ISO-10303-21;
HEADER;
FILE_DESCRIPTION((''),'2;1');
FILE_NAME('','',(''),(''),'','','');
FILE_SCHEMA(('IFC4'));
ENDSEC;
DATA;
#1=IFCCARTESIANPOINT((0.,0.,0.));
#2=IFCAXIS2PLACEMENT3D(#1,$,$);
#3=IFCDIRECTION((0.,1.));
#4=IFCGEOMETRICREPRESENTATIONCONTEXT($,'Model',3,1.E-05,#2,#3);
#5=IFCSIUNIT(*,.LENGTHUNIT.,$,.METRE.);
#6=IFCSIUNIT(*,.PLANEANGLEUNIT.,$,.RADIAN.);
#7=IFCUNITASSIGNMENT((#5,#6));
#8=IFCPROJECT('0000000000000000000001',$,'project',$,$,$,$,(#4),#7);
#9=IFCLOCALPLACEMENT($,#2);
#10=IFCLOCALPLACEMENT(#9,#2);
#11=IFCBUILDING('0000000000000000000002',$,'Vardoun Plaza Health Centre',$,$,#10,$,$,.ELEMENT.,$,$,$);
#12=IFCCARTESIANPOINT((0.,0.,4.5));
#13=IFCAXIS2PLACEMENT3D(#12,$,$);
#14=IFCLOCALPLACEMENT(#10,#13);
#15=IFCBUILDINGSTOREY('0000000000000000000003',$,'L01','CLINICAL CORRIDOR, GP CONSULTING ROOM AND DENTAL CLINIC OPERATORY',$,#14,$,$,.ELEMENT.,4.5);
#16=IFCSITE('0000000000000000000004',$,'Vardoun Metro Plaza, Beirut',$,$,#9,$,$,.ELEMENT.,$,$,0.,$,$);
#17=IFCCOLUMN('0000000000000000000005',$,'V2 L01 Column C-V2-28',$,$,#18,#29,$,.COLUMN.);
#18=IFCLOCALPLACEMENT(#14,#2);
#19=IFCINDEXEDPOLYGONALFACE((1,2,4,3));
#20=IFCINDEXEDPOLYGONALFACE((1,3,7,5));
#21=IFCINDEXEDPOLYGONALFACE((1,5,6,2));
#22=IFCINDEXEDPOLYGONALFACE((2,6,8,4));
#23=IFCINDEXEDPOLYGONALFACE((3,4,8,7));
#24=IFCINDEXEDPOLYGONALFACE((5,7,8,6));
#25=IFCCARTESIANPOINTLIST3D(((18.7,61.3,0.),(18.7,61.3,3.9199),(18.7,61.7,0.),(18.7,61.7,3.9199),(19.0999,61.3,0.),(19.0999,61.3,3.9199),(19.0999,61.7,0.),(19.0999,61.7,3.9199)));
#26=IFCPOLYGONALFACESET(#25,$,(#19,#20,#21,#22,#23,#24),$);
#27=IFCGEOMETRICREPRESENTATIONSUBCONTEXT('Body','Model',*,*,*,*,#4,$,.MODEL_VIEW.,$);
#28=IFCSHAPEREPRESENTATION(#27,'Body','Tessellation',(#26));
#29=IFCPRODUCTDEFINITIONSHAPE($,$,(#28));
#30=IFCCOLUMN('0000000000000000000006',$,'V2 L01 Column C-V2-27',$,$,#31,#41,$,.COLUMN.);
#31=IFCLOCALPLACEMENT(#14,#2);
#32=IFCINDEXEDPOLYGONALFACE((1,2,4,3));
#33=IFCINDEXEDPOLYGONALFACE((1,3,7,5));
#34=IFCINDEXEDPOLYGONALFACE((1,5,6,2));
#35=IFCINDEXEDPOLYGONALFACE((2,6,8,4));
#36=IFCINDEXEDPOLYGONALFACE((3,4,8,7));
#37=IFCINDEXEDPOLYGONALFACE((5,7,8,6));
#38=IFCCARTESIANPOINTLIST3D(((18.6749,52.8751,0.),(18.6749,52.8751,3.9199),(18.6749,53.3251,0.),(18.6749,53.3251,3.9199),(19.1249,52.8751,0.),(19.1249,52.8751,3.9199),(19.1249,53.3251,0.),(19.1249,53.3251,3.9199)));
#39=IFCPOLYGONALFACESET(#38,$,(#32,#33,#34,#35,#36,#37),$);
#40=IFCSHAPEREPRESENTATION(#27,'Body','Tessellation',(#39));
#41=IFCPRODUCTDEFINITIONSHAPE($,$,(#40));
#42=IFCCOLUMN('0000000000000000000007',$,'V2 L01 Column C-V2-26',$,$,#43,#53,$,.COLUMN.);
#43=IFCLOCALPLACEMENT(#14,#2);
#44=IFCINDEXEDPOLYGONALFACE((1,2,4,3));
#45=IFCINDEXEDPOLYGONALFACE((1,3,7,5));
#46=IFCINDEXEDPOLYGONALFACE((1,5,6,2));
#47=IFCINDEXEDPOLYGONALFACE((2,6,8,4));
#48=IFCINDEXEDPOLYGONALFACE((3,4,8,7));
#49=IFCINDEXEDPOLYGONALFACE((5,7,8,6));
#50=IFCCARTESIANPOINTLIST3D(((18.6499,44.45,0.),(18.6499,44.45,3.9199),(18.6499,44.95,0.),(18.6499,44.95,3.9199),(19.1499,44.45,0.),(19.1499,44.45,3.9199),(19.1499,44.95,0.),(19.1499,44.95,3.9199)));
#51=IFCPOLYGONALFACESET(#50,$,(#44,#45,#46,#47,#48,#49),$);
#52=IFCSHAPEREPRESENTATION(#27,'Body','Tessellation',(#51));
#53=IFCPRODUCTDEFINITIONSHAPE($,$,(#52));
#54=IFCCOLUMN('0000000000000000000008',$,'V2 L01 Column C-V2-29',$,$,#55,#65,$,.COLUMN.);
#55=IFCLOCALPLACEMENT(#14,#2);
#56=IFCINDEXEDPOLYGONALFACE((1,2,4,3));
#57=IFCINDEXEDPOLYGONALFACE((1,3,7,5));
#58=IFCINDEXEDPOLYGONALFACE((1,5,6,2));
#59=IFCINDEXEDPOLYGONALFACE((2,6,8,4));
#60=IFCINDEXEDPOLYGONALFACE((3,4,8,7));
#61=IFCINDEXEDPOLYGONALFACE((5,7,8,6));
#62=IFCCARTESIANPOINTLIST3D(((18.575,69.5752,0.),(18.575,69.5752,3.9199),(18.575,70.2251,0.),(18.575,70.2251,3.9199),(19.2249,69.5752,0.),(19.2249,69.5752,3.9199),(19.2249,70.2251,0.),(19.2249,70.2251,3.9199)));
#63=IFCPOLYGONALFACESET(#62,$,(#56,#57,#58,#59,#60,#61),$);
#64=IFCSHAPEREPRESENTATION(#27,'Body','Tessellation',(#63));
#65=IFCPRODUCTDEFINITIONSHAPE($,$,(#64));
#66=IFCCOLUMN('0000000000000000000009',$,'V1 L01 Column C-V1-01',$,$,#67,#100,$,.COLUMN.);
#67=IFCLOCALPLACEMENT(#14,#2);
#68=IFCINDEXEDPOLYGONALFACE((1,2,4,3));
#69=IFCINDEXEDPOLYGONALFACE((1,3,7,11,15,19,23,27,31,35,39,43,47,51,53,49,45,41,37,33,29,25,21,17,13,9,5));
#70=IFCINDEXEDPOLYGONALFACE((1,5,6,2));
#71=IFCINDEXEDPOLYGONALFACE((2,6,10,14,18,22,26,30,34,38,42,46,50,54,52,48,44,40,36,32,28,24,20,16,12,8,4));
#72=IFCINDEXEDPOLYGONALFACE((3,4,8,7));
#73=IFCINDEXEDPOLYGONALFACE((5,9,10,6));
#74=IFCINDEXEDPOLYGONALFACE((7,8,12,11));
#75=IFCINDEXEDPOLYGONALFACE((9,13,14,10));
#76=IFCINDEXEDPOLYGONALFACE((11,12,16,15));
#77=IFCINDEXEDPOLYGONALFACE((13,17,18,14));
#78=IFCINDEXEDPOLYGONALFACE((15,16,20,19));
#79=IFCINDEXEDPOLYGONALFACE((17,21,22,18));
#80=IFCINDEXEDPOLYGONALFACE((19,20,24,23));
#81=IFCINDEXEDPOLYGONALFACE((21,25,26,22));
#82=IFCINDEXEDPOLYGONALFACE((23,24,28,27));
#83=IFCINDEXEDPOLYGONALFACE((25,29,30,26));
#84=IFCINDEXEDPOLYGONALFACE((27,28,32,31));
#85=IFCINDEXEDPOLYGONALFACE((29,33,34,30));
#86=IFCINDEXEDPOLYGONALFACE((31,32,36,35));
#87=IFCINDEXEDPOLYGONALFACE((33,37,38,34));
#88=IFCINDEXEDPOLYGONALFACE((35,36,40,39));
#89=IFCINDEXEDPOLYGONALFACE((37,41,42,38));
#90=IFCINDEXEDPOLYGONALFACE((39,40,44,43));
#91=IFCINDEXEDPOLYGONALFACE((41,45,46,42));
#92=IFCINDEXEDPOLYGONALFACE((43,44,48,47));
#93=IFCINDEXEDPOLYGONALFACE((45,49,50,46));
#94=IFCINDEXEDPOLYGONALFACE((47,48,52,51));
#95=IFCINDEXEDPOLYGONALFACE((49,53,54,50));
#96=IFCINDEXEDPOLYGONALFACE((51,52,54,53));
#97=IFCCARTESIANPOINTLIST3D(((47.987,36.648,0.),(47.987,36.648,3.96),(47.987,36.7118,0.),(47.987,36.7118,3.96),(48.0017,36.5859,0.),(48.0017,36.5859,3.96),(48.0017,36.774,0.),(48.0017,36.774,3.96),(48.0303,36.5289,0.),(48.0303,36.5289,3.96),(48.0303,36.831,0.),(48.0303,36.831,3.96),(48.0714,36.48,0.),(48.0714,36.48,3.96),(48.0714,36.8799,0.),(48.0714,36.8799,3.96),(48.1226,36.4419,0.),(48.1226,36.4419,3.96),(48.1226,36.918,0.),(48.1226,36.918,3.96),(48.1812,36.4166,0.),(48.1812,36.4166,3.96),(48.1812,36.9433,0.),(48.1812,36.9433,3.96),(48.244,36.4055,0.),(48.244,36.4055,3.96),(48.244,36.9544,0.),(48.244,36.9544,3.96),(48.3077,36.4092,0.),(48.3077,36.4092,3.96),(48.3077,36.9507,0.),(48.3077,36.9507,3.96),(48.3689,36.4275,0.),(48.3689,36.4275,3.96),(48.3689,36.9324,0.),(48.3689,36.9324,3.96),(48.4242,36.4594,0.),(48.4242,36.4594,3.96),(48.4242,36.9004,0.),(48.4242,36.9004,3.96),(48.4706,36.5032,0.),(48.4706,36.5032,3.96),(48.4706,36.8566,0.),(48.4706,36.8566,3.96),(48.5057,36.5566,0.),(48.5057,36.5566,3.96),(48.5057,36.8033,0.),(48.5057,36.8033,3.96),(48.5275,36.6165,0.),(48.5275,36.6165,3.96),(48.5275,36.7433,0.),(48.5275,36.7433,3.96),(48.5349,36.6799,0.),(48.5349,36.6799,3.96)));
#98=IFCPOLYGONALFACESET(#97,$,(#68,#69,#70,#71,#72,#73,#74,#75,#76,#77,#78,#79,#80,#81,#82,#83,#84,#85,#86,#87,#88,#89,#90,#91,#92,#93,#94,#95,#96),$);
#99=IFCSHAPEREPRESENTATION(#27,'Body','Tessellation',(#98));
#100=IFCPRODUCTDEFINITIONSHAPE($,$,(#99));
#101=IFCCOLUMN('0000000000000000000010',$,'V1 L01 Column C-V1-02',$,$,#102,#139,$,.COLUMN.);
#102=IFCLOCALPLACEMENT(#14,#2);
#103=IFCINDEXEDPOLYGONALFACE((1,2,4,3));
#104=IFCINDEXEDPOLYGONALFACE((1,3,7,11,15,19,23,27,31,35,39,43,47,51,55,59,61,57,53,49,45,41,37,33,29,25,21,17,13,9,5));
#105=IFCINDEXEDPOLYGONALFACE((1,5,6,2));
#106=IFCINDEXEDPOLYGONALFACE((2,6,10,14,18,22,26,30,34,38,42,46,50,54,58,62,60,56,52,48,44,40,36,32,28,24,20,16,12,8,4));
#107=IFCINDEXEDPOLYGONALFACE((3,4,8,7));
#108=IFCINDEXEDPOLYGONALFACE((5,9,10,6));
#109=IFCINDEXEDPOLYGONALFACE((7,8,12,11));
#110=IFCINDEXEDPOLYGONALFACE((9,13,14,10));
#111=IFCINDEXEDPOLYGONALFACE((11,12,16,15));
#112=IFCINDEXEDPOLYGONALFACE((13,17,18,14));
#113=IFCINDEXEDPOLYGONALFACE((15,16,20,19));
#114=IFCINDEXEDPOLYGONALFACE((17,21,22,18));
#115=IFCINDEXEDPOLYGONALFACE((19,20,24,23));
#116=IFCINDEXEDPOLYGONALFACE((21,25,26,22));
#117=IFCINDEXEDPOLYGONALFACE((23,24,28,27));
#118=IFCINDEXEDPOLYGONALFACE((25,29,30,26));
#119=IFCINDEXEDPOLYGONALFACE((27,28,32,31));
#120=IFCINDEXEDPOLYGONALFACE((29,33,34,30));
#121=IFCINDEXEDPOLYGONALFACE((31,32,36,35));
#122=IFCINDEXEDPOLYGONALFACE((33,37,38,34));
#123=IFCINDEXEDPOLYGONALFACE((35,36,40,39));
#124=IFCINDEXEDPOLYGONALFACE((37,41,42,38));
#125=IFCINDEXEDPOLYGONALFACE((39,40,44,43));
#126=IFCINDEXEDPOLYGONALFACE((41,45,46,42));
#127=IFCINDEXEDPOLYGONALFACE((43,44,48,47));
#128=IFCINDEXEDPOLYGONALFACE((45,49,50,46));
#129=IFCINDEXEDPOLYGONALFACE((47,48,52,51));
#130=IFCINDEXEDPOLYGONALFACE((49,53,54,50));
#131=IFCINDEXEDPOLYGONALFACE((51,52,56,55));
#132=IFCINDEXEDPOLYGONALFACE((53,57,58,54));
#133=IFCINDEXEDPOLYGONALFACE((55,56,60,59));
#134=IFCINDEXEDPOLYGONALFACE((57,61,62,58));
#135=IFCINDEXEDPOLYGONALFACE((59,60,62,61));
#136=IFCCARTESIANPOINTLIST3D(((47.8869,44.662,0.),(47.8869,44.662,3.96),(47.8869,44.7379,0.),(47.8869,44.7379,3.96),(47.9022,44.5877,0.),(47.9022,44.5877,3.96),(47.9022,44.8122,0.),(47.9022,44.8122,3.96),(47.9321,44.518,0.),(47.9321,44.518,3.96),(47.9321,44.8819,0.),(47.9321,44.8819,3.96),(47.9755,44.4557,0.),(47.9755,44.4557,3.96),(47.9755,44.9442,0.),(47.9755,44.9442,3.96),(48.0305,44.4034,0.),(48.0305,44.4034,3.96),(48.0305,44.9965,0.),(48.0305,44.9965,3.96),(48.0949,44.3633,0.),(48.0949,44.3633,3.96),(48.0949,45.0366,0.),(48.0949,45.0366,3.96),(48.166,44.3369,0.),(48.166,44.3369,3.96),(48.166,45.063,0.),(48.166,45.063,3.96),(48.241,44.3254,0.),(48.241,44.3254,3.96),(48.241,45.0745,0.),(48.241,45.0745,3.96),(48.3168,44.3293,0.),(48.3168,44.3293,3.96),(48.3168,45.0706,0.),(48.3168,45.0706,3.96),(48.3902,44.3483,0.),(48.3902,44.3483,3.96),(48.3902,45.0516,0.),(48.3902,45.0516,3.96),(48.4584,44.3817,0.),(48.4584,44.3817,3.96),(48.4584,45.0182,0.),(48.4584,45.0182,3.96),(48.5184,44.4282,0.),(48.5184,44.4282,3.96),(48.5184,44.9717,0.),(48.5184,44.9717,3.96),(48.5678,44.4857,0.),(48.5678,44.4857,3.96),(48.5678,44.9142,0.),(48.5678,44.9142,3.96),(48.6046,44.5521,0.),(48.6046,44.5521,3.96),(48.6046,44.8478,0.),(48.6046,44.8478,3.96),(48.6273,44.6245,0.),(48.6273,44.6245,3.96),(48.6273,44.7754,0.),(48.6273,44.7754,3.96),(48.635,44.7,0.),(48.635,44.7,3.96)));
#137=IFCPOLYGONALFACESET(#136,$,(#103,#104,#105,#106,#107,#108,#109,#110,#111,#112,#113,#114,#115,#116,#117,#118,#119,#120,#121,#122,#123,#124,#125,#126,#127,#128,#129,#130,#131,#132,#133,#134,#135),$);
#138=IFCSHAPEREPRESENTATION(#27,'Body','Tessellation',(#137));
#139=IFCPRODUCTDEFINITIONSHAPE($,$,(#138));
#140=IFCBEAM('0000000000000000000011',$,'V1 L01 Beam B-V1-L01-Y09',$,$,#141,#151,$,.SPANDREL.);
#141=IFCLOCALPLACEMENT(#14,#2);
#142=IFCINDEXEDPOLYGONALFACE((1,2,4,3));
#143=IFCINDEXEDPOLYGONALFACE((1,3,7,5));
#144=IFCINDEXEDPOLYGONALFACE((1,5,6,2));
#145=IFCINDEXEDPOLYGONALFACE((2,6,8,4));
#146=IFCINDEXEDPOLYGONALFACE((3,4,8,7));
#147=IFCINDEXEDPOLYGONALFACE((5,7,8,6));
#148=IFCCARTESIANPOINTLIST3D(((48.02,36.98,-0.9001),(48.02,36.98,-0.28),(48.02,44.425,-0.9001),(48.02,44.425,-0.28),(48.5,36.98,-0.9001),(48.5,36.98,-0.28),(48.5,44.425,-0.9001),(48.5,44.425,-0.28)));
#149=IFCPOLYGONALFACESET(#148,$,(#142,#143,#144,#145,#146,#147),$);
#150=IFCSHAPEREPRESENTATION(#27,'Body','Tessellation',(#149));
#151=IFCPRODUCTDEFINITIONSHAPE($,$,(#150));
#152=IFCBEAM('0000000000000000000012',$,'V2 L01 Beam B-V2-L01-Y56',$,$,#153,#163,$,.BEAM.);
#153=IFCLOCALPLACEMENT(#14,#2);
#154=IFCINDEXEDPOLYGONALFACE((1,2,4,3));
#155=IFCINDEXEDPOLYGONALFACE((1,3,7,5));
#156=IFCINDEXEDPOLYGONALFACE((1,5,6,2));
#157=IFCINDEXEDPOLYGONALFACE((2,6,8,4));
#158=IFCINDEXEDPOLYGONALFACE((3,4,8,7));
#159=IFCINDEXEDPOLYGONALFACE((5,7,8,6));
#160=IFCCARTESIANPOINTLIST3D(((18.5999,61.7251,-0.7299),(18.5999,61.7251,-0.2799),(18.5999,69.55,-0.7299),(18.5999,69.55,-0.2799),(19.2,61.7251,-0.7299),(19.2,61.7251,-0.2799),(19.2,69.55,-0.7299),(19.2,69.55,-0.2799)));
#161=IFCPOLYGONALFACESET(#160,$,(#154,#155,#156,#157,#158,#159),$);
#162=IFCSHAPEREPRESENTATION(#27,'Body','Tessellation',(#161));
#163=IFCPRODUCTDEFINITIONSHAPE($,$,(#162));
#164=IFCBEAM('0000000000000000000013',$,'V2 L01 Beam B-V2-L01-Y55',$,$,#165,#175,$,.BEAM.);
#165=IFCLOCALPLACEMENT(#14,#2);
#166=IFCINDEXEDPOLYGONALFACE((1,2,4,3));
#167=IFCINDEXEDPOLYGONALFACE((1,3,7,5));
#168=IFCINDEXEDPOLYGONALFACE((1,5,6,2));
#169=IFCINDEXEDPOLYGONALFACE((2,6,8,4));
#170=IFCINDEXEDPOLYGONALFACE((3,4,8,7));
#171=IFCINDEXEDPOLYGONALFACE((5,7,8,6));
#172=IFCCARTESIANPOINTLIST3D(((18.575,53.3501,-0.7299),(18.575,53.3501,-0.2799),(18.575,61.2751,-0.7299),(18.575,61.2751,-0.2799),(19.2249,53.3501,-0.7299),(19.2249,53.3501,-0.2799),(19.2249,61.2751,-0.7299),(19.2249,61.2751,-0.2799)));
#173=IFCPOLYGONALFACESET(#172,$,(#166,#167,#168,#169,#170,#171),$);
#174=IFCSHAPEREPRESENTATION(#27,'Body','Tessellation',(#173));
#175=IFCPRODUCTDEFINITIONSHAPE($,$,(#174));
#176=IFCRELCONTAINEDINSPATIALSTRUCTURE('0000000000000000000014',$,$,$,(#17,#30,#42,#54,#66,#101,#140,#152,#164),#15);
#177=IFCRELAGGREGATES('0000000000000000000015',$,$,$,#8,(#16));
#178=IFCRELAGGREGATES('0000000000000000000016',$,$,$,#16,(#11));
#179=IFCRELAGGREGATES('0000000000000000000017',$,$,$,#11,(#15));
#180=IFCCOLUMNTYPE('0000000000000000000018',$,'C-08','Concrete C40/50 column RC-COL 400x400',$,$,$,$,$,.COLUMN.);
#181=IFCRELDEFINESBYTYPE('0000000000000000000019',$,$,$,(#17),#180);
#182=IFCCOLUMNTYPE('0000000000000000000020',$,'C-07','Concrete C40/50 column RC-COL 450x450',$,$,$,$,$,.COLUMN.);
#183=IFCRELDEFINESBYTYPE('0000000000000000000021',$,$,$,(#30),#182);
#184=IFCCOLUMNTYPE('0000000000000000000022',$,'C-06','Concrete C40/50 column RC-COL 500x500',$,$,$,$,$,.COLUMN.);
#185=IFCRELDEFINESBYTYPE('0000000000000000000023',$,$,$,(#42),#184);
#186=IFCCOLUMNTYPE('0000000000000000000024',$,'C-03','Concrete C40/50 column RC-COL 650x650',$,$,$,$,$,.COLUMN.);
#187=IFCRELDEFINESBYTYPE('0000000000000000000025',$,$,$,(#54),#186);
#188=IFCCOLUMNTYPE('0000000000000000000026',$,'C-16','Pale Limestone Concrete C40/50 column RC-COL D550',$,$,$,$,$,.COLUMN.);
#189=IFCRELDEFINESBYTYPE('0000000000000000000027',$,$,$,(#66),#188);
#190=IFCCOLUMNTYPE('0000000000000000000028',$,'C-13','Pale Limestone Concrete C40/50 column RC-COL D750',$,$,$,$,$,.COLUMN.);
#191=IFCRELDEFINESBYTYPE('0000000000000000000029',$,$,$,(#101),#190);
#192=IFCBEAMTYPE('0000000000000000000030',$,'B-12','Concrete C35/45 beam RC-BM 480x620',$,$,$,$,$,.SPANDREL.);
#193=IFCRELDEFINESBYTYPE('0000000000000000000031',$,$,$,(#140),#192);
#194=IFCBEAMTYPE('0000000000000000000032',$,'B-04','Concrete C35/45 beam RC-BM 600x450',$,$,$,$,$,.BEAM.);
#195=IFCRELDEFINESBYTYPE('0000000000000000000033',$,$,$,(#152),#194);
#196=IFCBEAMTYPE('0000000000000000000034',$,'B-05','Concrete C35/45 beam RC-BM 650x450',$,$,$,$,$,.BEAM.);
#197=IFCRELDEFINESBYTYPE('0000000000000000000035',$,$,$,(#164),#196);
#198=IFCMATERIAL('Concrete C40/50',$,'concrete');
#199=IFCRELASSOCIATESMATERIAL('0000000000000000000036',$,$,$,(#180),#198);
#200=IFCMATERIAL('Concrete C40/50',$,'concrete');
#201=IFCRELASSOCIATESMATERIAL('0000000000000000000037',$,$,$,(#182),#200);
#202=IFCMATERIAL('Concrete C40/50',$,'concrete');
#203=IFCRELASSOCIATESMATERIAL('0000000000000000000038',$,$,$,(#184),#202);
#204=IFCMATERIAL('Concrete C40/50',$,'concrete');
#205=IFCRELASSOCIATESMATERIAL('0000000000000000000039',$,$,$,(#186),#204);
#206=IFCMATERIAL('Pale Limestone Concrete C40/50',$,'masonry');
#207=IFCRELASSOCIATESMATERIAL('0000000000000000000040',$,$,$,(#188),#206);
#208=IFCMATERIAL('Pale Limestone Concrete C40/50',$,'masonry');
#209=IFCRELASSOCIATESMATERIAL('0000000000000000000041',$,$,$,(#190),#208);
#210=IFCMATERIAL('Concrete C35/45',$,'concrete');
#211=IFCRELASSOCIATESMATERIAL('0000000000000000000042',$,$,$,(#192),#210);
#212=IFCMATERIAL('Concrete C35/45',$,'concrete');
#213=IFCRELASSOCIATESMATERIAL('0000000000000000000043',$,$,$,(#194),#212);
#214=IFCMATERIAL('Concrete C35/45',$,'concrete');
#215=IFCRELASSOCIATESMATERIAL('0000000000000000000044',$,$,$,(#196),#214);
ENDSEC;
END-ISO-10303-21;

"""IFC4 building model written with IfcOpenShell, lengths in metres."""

from ifc_helpers import new_model, si_unit, direction, frame, origin, origin_2d, place, context, subcontext, project, spatial, rectangle, circle, extrude, material, material_profile, profile_set, type_object, element, save


model = new_model("IFC4")

# Units and contexts
model_context = context("Model", 3, precision=1e-05, world=origin(), true_north=direction((0.0, 1.0)))
body_context = subcontext(model_context, "Body", "Model", "MODEL_VIEW")
ifc_project = project(units=[si_unit("LENGTHUNIT", "METRE"), si_unit("PLANEANGLEUNIT", "RADIAN")], contexts=[model_context])

# Site, building, storey
site_placement = place(None, origin())
site = spatial("IfcSite", under=ifc_project, at=site_placement, Name="Vardoun Metro Plaza, Beirut", CompositionType="ELEMENT", RefElevation=0.0)
building_placement = place(site_placement, origin())
building = spatial("IfcBuilding", under=site, at=building_placement, Name="Vardoun Plaza Health Centre", CompositionType="ELEMENT")
storey_placement = place(building_placement, frame((0.0, 0.0, 4.5)))
storey = spatial("IfcBuildingStorey", under=building, at=storey_placement, Name="L01", Description="CLINICAL CORRIDOR, GP CONSULTING ROOM AND DENTAL CLINIC OPERATORY", CompositionType="ELEMENT", Elevation=4.5)

# Columns
ifc_material_1 = material(Name="Concrete C40/50", Category="concrete")
ifc_material_profile_1 = material_profile(ifc_material_1, rectangle(XDim=0.3999, YDim=0.3999, at=origin_2d()), Name="RC-COL 400x400")
ifc_profile_set_1 = profile_set([ifc_material_profile_1], Name="Concrete C40/50")
column_type_1 = type_object("IfcColumnType", Name="C-08", Description="Concrete C40/50 column RC-COL 400x400", PredefinedType="COLUMN", material=ifc_profile_set_1)
column_1_placement = place(storey_placement, frame((18.8999, 61.5, 0.0), z_axis=(0.0, 0.0, 1.0), x_axis=(1.0, 0.0, 0.0)))
element("IfcColumn", 1, at=column_1_placement, inside=storey, type_object=column_type_1, Name="V2 L01 Column C-V2-28", PredefinedType="COLUMN", context=body_context, shape_type="SweptSolid", body=[
    extrude(rectangle(XDim=0.3999, YDim=0.3999, at=origin_2d()), origin(), (0.0, 0.0, 1.0), 3.9199),
])
ifc_material_2 = material(Name="Concrete C40/50", Category="concrete")
ifc_material_profile_2 = material_profile(ifc_material_2, rectangle(XDim=0.45, YDim=0.45, at=origin_2d()), Name="RC-COL 450x450")
ifc_profile_set_2 = profile_set([ifc_material_profile_2], Name="Concrete C40/50")
column_type_2 = type_object("IfcColumnType", Name="C-07", Description="Concrete C40/50 column RC-COL 450x450", PredefinedType="COLUMN", material=ifc_profile_set_2)
column_2_placement = place(storey_placement, frame((18.8999, 53.1001, 0.0), z_axis=(0.0, 0.0, 1.0), x_axis=(1.0, 0.0, 0.0)))
element("IfcColumn", 2, at=column_2_placement, inside=storey, type_object=column_type_2, Name="V2 L01 Column C-V2-27", PredefinedType="COLUMN", context=body_context, shape_type="SweptSolid", body=[
    extrude(rectangle(XDim=0.45, YDim=0.45, at=origin_2d()), origin(), (0.0, 0.0, 1.0), 3.9199),
])
ifc_material_3 = material(Name="Concrete C40/50", Category="concrete")
ifc_material_profile_3 = material_profile(ifc_material_3, rectangle(XDim=0.5, YDim=0.5, at=origin_2d()), Name="RC-COL 500x500")
ifc_profile_set_3 = profile_set([ifc_material_profile_3], Name="Concrete C40/50")
column_type_3 = type_object("IfcColumnType", Name="C-06", Description="Concrete C40/50 column RC-COL 500x500", PredefinedType="COLUMN", material=ifc_profile_set_3)
column_3_placement = place(storey_placement, frame((18.8999, 44.7, 0.0), z_axis=(0.0, 0.0, 1.0), x_axis=(1.0, 0.0, 0.0)))
element("IfcColumn", 3, at=column_3_placement, inside=storey, type_object=column_type_3, Name="V2 L01 Column C-V2-26", PredefinedType="COLUMN", context=body_context, shape_type="SweptSolid", body=[
    extrude(rectangle(XDim=0.5, YDim=0.5, at=origin_2d()), origin(), (0.0, 0.0, 1.0), 3.9199),
])
ifc_material_4 = material(Name="Concrete C40/50", Category="concrete")
ifc_material_profile_4 = material_profile(ifc_material_4, rectangle(XDim=0.6499, YDim=0.6499, at=origin_2d()), Name="RC-COL 650x650")
ifc_profile_set_4 = profile_set([ifc_material_profile_4], Name="Concrete C40/50")
column_type_4 = type_object("IfcColumnType", Name="C-03", Description="Concrete C40/50 column RC-COL 650x650", PredefinedType="COLUMN", material=ifc_profile_set_4)
column_4_placement = place(storey_placement, frame((18.8999, 69.9001, 0.0), z_axis=(0.0, 0.0, 1.0), x_axis=(1.0, 0.0, 0.0)))
element("IfcColumn", 4, at=column_4_placement, inside=storey, type_object=column_type_4, Name="V2 L01 Column C-V2-29", PredefinedType="COLUMN", context=body_context, shape_type="SweptSolid", body=[
    extrude(rectangle(XDim=0.6499, YDim=0.6499, at=origin_2d()), origin(), (0.0, 0.0, 1.0), 3.9199),
])
ifc_material_5 = material(Name="Pale Limestone Concrete C40/50", Category="masonry")
ifc_material_profile_5 = material_profile(ifc_material_5, circle(Radius=0.2749, at=origin_2d()), Name="RC-COL D550")
ifc_profile_set_5 = profile_set([ifc_material_profile_5], Name="Pale Limestone Concrete C40/50")
column_type_5 = type_object("IfcColumnType", Name="C-16", Description="Pale Limestone Concrete C40/50 column RC-COL D550", PredefinedType="COLUMN", material=ifc_profile_set_5)
column_5_placement = place(storey_placement, frame((48.26, 36.6799, 0.0), z_axis=(0.0, 0.0, 1.0), x_axis=(1.0, 0.0, 0.0)))
element("IfcColumn", 5, at=column_5_placement, inside=storey, type_object=column_type_5, Name="V1 L01 Column C-V1-01", PredefinedType="COLUMN", context=body_context, shape_type="SweptSolid", body=[
    extrude(circle(Radius=0.2749, at=origin_2d()), origin(), (0.0, 0.0, 1.0), 3.96),
])
ifc_material_6 = material(Name="Pale Limestone Concrete C40/50", Category="masonry")
ifc_material_profile_6 = material_profile(ifc_material_6, circle(Radius=0.375, at=origin_2d()), Name="RC-COL D750")
ifc_profile_set_6 = profile_set([ifc_material_profile_6], Name="Pale Limestone Concrete C40/50")
column_type_6 = type_object("IfcColumnType", Name="C-13", Description="Pale Limestone Concrete C40/50 column RC-COL D750", PredefinedType="COLUMN", material=ifc_profile_set_6)
column_6_placement = place(storey_placement, frame((48.26, 44.7, 0.0), z_axis=(0.0, 0.0, 1.0), x_axis=(1.0, 0.0, 0.0)))
element("IfcColumn", 6, at=column_6_placement, inside=storey, type_object=column_type_6, Name="V1 L01 Column C-V1-02", PredefinedType="COLUMN", context=body_context, shape_type="SweptSolid", body=[
    extrude(circle(Radius=0.375, at=origin_2d()), origin(), (0.0, 0.0, 1.0), 3.96),
])

# Beams
ifc_material_7 = material(Name="Concrete C35/45", Category="concrete")
ifc_material_profile_7 = material_profile(ifc_material_7, rectangle(XDim=0.48, YDim=0.6201, at=origin_2d()), Name="RC-BM 480x620")
ifc_profile_set_7 = profile_set([ifc_material_profile_7], Name="Concrete C35/45")
beam_type_1 = type_object("IfcBeamType", Name="B-12", Description="Concrete C35/45 beam RC-BM 480x620", PredefinedType="SPANDREL", material=ifc_profile_set_7)
beam_1_placement = place(storey_placement, frame((48.26, 36.98, -0.5901), z_axis=(0.0, 1.0, 0.0), x_axis=(-1.0, 0.0, 0.0)))
element("IfcBeam", 7, at=beam_1_placement, inside=storey, type_object=beam_type_1, Name="V1 L01 Beam B-V1-L01-Y09", PredefinedType="SPANDREL", context=body_context, shape_type="SweptSolid", body=[
    extrude(rectangle(XDim=0.48, YDim=0.6201, at=origin_2d()), origin(), (0.0, 0.0, 1.0), 7.4451),
])
ifc_material_8 = material(Name="Concrete C35/45", Category="concrete")
ifc_material_profile_8 = material_profile(ifc_material_8, rectangle(XDim=0.6001, YDim=0.45, at=origin_2d()), Name="RC-BM 600x450")
ifc_profile_set_8 = profile_set([ifc_material_profile_8], Name="Concrete C35/45")
beam_type_2 = type_object("IfcBeamType", Name="B-04", Description="Concrete C35/45 beam RC-BM 600x450", PredefinedType="BEAM", material=ifc_profile_set_8)
beam_2_placement = place(storey_placement, frame((18.8999, 61.7251, -0.5049), z_axis=(0.0, 1.0, 0.0), x_axis=(-1.0, 0.0, 0.0)))
element("IfcBeam", 8, at=beam_2_placement, inside=storey, type_object=beam_type_2, Name="V2 L01 Beam B-V2-L01-Y56", PredefinedType="BEAM", context=body_context, shape_type="SweptSolid", body=[
    extrude(rectangle(XDim=0.6001, YDim=0.45, at=origin_2d()), origin(), (0.0, 0.0, 1.0), 7.825),
])
ifc_material_9 = material(Name="Concrete C35/45", Category="concrete")
ifc_material_profile_9 = material_profile(ifc_material_9, rectangle(XDim=0.6499, YDim=0.45, at=origin_2d()), Name="RC-BM 650x450")
ifc_profile_set_9 = profile_set([ifc_material_profile_9], Name="Concrete C35/45")
beam_type_3 = type_object("IfcBeamType", Name="B-05", Description="Concrete C35/45 beam RC-BM 650x450", PredefinedType="BEAM", material=ifc_profile_set_9)
beam_3_placement = place(storey_placement, frame((18.8999, 53.3501, -0.5049), z_axis=(0.0, 1.0, 0.0), x_axis=(-1.0, 0.0, 0.0)))
element("IfcBeam", 9, at=beam_3_placement, inside=storey, type_object=beam_type_3, Name="V2 L01 Beam B-V2-L01-Y55", PredefinedType="BEAM", context=body_context, shape_type="SweptSolid", body=[
    extrude(rectangle(XDim=0.6499, YDim=0.45, at=origin_2d()), origin(), (0.0, 0.0, 1.0), 7.925),
])

save(model, "model.ifc")
